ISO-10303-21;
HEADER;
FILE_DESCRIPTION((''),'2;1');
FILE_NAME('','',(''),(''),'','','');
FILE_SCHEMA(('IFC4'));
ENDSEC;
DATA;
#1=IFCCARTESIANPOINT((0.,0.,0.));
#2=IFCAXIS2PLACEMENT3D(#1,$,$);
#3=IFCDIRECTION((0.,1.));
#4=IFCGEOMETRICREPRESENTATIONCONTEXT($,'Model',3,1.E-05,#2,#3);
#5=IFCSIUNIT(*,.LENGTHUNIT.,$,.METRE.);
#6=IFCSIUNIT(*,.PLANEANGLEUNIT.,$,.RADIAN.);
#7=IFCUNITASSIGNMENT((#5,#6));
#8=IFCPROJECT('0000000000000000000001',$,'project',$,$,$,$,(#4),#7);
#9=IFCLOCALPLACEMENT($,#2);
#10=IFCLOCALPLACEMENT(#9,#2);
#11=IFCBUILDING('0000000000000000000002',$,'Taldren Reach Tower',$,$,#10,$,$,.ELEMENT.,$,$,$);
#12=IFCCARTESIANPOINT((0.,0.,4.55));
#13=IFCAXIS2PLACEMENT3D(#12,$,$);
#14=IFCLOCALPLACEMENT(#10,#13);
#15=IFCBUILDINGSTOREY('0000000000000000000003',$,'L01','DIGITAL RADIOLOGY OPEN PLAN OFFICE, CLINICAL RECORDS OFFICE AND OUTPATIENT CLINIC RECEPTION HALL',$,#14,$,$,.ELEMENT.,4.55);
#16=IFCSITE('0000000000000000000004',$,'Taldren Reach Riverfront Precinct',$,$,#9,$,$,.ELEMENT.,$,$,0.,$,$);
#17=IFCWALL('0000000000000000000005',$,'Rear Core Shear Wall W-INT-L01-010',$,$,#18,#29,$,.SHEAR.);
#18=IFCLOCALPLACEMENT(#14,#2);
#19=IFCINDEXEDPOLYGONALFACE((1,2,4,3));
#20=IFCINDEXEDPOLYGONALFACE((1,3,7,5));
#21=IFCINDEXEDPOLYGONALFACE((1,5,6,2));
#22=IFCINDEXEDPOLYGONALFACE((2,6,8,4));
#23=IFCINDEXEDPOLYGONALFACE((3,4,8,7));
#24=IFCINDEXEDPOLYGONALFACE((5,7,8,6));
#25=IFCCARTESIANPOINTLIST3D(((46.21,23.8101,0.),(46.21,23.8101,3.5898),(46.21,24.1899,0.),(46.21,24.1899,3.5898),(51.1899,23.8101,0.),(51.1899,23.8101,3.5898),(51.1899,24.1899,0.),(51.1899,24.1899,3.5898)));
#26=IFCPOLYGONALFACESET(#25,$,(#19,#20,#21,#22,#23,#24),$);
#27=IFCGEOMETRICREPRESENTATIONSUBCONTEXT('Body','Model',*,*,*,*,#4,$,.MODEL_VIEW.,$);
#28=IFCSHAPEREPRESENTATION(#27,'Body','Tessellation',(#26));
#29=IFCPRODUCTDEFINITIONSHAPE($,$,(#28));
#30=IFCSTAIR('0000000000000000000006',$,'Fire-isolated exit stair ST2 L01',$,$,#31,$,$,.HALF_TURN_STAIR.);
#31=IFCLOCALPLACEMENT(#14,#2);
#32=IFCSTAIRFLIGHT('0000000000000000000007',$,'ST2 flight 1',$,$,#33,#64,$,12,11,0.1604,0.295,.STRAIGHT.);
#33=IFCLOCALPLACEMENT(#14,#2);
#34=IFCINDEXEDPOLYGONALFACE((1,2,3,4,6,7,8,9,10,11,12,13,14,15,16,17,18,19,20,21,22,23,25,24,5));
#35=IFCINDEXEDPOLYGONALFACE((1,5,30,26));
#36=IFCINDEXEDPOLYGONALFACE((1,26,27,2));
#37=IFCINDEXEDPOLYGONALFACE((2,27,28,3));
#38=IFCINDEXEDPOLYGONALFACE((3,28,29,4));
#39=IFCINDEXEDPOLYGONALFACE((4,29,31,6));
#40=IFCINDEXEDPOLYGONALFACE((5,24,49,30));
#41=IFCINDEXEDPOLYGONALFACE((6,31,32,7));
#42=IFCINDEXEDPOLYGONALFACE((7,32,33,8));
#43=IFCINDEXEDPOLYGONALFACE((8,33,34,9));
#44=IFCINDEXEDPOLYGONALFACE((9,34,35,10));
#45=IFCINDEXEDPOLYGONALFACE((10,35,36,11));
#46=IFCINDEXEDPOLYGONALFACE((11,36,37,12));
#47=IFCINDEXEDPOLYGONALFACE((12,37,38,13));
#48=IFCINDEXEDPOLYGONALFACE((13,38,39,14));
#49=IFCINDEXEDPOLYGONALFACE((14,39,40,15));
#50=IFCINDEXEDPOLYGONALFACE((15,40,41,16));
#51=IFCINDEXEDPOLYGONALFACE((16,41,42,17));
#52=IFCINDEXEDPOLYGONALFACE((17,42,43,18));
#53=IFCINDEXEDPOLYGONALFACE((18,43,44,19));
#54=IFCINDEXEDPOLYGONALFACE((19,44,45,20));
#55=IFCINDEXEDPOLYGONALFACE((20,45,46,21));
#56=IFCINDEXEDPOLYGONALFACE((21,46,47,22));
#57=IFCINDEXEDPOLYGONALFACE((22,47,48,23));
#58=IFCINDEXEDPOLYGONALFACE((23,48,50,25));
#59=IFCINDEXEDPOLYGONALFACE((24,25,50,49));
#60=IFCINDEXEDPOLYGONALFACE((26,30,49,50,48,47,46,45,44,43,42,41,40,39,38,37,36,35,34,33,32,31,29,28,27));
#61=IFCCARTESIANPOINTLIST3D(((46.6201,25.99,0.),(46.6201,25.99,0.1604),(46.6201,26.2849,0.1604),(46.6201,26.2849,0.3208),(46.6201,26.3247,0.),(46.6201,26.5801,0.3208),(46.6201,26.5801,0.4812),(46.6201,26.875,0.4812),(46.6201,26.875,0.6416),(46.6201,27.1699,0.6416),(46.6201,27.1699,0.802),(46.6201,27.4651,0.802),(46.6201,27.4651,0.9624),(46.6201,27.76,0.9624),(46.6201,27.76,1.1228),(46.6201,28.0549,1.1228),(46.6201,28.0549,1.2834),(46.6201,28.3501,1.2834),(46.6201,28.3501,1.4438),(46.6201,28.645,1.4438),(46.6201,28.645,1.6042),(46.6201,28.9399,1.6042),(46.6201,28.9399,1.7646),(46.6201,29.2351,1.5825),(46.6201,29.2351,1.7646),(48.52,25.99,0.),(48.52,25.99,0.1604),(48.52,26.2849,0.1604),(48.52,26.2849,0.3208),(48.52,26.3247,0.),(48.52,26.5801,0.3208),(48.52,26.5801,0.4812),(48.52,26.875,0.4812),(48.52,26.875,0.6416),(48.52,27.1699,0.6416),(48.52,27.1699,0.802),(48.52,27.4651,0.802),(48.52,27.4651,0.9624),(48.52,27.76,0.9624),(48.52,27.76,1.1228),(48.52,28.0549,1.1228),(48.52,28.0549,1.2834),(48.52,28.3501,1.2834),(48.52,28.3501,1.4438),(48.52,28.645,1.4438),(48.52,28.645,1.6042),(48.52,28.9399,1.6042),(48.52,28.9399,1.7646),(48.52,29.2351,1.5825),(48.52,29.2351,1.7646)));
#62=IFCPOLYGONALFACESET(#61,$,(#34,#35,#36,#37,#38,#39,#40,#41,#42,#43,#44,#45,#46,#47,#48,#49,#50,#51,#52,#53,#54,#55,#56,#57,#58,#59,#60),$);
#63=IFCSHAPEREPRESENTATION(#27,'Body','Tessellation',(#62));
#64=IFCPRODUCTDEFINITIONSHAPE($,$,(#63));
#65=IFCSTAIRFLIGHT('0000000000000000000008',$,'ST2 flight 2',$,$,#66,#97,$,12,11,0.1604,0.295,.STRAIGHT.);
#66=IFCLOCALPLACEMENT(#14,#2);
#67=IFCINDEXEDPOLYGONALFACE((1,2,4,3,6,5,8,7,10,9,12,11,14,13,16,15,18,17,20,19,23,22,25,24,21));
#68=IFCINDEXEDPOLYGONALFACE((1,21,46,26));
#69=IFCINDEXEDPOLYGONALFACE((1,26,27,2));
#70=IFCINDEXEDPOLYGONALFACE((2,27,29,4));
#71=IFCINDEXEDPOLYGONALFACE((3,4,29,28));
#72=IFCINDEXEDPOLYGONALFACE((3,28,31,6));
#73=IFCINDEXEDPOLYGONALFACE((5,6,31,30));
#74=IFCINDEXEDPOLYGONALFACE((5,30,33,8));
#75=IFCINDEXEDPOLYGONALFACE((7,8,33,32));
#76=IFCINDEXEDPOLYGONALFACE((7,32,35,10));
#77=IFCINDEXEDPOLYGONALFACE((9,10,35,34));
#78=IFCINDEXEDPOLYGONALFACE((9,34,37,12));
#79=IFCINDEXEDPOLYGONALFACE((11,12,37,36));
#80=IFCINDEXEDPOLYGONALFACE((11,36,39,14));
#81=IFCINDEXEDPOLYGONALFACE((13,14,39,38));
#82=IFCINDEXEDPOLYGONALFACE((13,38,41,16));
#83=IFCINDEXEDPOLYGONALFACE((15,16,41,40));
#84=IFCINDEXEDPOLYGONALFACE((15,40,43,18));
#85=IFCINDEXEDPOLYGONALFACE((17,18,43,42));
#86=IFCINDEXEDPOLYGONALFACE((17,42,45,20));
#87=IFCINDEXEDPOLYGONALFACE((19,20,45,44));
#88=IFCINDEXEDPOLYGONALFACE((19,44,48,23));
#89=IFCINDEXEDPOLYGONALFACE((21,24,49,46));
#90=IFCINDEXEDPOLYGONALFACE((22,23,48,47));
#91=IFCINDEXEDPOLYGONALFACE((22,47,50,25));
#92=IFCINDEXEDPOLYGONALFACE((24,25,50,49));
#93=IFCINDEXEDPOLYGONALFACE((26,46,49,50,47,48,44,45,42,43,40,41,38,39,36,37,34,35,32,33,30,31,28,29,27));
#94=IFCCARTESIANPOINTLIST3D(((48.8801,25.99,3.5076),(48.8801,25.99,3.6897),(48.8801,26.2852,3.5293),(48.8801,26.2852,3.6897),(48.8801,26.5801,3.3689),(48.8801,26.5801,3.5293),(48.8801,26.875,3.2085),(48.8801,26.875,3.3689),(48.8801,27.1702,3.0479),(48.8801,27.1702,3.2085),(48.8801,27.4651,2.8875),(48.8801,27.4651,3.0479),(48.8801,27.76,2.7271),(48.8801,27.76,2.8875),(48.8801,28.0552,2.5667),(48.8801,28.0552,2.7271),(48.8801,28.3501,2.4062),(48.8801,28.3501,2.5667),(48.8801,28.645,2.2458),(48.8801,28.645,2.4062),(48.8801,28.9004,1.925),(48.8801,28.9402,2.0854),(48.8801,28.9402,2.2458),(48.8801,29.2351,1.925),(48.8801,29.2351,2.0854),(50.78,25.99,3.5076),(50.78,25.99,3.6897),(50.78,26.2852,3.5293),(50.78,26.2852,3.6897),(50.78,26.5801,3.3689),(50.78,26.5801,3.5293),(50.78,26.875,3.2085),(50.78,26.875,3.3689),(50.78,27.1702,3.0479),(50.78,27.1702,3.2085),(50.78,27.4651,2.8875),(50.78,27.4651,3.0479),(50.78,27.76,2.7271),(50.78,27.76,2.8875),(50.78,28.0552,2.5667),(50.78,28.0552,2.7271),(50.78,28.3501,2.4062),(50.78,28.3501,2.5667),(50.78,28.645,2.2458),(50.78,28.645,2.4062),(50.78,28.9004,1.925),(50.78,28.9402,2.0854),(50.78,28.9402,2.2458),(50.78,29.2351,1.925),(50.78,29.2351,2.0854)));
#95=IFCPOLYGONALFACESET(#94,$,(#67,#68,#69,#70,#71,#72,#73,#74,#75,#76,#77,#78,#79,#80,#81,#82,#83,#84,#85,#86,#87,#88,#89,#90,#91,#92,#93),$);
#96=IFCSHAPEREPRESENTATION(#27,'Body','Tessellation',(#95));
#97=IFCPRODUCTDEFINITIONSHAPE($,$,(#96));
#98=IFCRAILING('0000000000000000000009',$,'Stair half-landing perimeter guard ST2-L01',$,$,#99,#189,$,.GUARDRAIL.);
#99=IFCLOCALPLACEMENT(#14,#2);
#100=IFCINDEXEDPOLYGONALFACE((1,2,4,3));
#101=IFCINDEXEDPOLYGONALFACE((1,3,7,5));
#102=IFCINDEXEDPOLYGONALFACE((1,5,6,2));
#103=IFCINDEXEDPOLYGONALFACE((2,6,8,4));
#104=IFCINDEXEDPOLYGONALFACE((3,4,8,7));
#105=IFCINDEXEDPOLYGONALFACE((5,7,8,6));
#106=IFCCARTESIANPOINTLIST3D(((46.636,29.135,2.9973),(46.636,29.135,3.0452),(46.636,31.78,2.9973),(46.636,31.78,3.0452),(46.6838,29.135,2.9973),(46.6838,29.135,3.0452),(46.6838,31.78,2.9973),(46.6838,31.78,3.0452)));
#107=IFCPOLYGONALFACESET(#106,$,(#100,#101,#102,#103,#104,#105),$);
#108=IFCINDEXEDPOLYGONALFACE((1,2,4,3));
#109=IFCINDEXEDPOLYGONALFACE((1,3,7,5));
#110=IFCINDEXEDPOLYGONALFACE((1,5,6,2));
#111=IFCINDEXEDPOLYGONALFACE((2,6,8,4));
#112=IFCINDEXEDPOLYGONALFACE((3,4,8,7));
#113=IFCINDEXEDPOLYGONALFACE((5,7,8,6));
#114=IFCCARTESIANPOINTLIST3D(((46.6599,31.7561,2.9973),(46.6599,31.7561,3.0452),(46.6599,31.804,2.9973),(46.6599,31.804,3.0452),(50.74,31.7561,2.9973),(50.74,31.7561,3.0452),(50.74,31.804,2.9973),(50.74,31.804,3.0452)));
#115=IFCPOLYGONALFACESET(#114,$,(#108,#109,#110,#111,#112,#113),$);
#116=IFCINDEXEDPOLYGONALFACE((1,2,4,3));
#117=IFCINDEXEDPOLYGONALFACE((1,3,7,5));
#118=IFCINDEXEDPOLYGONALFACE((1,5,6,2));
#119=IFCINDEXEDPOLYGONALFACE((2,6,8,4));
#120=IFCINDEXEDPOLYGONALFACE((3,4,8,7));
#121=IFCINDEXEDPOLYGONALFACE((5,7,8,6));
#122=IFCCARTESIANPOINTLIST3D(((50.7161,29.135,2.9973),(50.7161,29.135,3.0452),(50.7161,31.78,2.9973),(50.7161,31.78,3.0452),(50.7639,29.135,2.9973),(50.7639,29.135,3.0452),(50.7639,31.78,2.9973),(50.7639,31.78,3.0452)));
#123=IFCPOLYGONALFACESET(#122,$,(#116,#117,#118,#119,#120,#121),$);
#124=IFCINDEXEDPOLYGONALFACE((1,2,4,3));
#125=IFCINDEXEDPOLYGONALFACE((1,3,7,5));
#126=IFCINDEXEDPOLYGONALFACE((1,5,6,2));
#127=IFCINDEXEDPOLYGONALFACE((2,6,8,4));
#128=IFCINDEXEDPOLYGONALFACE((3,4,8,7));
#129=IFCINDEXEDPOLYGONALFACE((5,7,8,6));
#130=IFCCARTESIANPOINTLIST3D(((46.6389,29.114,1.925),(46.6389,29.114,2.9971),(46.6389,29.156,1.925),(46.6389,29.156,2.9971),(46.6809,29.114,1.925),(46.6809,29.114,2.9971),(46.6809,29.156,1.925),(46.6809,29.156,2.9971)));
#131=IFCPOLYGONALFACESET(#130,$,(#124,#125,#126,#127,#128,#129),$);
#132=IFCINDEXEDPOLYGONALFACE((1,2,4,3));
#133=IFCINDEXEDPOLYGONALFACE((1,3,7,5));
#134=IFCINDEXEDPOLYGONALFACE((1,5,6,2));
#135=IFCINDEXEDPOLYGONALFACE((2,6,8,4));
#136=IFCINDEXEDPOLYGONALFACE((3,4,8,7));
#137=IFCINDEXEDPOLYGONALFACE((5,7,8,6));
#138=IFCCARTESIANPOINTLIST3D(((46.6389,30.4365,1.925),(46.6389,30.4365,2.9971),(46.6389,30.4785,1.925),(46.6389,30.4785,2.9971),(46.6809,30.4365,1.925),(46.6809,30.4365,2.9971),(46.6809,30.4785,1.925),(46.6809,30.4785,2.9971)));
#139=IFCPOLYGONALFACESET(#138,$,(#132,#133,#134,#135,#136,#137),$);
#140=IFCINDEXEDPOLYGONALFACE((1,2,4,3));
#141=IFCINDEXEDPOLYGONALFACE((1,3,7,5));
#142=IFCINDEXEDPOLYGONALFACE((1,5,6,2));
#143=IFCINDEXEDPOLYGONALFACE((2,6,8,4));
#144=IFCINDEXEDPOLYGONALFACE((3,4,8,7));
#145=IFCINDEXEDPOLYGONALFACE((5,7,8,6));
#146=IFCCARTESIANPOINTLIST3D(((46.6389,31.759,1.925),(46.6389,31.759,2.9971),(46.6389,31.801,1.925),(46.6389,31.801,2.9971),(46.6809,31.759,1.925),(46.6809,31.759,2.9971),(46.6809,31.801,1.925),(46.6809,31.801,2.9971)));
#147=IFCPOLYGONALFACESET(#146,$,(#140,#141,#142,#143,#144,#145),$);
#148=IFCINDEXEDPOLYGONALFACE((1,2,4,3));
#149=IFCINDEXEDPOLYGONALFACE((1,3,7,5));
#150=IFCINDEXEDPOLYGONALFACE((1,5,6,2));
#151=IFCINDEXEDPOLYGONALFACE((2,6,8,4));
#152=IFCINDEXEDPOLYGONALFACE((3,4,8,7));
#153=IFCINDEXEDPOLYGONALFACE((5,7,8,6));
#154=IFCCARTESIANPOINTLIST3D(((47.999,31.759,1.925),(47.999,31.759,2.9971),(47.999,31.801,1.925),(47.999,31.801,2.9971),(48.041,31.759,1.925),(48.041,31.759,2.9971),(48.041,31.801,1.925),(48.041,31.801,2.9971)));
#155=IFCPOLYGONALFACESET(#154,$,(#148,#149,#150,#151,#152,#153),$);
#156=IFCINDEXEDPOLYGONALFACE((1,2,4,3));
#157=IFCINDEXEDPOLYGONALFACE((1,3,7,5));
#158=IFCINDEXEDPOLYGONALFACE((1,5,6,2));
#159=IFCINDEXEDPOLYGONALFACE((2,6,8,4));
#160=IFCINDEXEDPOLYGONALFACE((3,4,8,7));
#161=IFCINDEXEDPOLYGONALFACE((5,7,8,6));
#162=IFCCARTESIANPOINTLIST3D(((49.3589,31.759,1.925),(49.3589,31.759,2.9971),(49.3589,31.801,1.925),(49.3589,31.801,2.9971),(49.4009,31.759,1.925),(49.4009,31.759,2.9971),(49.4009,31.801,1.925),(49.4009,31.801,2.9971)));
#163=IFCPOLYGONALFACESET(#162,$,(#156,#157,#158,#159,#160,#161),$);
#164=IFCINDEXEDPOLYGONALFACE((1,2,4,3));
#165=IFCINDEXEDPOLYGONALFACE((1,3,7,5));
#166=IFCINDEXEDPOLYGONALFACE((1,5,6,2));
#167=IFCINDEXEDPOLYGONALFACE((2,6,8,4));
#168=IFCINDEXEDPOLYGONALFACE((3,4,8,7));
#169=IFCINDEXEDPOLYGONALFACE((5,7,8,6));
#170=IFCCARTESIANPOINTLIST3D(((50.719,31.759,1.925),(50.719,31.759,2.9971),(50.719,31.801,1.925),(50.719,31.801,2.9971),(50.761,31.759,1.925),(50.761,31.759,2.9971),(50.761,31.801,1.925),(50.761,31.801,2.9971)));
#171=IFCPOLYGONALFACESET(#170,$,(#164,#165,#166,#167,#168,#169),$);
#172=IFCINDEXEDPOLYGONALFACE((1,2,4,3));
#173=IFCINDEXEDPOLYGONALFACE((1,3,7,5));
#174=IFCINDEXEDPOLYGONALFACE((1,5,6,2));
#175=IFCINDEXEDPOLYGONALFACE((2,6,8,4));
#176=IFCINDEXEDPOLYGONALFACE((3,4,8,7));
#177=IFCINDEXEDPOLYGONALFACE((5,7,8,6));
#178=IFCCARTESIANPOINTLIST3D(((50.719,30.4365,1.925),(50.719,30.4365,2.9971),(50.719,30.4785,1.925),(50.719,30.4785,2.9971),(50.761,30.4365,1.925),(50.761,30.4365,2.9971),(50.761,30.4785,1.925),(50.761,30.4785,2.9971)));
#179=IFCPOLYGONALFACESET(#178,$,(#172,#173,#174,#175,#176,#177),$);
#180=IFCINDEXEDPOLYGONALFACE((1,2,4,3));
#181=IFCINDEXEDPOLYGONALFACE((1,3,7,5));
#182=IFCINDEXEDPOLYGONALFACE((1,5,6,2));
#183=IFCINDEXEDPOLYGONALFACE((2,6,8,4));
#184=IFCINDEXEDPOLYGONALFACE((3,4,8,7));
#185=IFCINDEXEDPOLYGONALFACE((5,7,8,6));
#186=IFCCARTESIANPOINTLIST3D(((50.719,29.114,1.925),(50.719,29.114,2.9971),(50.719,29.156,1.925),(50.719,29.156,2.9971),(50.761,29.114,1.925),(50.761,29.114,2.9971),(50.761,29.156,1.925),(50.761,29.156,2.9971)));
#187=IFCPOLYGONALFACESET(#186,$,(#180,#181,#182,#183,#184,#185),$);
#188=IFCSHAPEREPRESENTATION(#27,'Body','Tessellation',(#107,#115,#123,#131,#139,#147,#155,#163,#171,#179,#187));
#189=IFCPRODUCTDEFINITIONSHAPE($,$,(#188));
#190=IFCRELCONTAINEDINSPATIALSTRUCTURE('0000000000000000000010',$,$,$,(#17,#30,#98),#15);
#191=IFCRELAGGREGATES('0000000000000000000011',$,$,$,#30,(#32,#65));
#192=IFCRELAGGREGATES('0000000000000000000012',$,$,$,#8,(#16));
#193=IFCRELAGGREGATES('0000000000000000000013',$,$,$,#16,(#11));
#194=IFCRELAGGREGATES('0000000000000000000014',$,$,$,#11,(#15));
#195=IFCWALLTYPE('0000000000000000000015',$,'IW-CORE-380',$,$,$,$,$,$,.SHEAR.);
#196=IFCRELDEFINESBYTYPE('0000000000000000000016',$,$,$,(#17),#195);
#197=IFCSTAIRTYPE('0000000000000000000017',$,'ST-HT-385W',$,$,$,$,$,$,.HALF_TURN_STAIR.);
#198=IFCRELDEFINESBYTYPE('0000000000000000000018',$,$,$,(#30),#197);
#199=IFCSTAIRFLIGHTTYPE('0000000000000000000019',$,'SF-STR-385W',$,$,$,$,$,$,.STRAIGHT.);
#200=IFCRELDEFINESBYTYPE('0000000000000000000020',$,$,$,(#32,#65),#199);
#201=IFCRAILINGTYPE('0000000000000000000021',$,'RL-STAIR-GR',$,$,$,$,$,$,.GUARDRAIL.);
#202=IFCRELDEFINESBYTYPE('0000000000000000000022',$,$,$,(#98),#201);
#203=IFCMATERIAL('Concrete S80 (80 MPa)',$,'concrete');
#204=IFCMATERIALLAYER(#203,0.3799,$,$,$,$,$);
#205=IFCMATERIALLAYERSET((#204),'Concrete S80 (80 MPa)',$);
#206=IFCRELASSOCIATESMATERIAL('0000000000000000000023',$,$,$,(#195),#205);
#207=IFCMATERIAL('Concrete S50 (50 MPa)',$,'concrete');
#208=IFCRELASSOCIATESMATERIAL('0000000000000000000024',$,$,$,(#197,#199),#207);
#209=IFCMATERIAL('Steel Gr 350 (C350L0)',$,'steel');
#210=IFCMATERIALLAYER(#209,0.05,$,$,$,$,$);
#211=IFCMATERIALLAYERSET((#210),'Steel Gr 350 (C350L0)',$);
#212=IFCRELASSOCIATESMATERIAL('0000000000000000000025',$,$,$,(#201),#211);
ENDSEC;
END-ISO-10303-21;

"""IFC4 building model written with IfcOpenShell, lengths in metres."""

from ifc_helpers import new_model, si_unit, direction, frame, frame_2d, origin, origin_2d, place, context, subcontext, project, spatial, polyline, rectangle, outline, extrude, source, transform, mapped, material, layer, layer_set, type_object, element, aggregate, save


model = new_model("IFC4")

# Units and contexts
model_context = context("Model", 3, precision=1e-05, world=origin(), true_north=direction((0.0, 1.0)))
body_context = subcontext(model_context, "Body", "Model", "MODEL_VIEW")
ifc_project = project(units=[si_unit("LENGTHUNIT", "METRE"), si_unit("PLANEANGLEUNIT", "RADIAN")], contexts=[model_context])

# Site, building, storey
site_placement = place(None, origin())
site = spatial("IfcSite", under=ifc_project, at=site_placement, Name="Taldren Reach Riverfront Precinct", CompositionType="ELEMENT", RefElevation=0.0)
building_placement = place(site_placement, origin())
building = spatial("IfcBuilding", under=site, at=building_placement, Name="Taldren Reach Tower", CompositionType="ELEMENT")
storey_placement = place(building_placement, frame((0.0, 0.0, 4.55)))
storey = spatial("IfcBuildingStorey", under=building, at=storey_placement, Name="L01", Description="DIGITAL RADIOLOGY OPEN PLAN OFFICE, CLINICAL RECORDS OFFICE AND OUTPATIENT CLINIC RECEPTION HALL", CompositionType="ELEMENT", Elevation=4.55)

# Shared definitions
ifc_material_1 = material(Name="Steel Gr 350 (C350L0)", Category="steel")

# Shared definitions
ifc_material_2 = material(Name="Concrete S80 (80 MPa)", Category="concrete")
ifc_layer_1 = layer(ifc_material_2, 0.3799)
ifc_layer_set_1 = layer_set([ifc_layer_1], Name="Concrete S80 (80 MPa)")
wall_type = type_object("IfcWallType", Name="IW-CORE-380", PredefinedType="SHEAR", material=ifc_layer_set_1)

# Wall
shared_shape_1 = source(origin(), body_context, "Body", "SweptSolid", [
    extrude(rectangle(XDim=4.98, YDim=0.3799, at=frame_2d((2.49, 0.0))), origin(), (0.0, 0.0, 1.0), 3.5898),
])
wall_1_placement = place(storey_placement, frame((46.21, 24.0, 0.0), z_axis=(0.0, 0.0, 1.0), x_axis=(1.0, 0.0, 0.0)))
element("IfcWall", 1, at=wall_1_placement, inside=storey, type_object=wall_type, Name="Rear Core Shear Wall W-INT-L01-010", PredefinedType="SHEAR", context=body_context, shape_type="MappedRepresentation", body=[
    mapped(shared_shape_1, transform((0.0, 0.0, 0.0), scale=1.0)),
])

# Stair, stair flights
ifc_material_3 = material(Name="Concrete S50 (50 MPa)", Category="concrete")
stair_type = type_object("IfcStairType", Name="ST-HT-385W", PredefinedType="HALF_TURN_STAIR", material=ifc_material_3)
stair_placement = place(storey_placement, origin())
stair = element("IfcStair", 2, at=stair_placement, inside=storey, type_object=stair_type, Name="Fire-isolated exit stair ST2 L01", PredefinedType="HALF_TURN_STAIR")
stair_flight_type = type_object("IfcStairFlightType", Name="SF-STR-385W", PredefinedType="STRAIGHT", material=ifc_material_3)
stair_flight_1_placement = place(storey_placement, frame((47.5701, 25.99, 0.0), z_axis=(0.0, 0.0, 1.0), x_axis=(0.0, 1.0, 0.0)))
stair_flight_1 = element("IfcStairFlight", 3, at=stair_flight_1_placement, type_object=stair_flight_type, Name="ST2 flight 1", NumberOfRisers=12, NumberOfTreads=11, PredefinedType="STRAIGHT", RiserHeight=0.1604, TreadLength=0.295, context=body_context, shape_type="SweptSolid", body=[
    extrude(outline(polyline([(0.0, 0.0), (0.0, 0.1604), (0.2949, 0.1604), (0.2949, 0.3208), (0.5901, 0.3208), (0.5901, 0.4812), (0.885, 0.4812), (0.885, 0.6416), (1.1799, 0.6416), (1.1799, 0.802), (1.4751, 0.802), (1.4751, 0.9624), (1.77, 0.9624), (1.77, 1.1228), (2.0649, 1.1228), (2.0649, 1.2834), (2.3601, 1.2834), (2.3601, 1.4438), (2.655, 1.4438), (2.655, 1.6042), (2.95, 1.6042), (2.95, 1.7646), (3.2451, 1.7646), (3.2451, 1.925), (3.2451, 1.5825), (0.3347, 0.0), (0.0, 0.0)])), frame((0.0, 0.95, 0.0), z_axis=(0.0, -1.0, 0.0), x_axis=(1.0, 0.0, 0.0)), (0.0, 0.0, 1.0), 1.8999),
])
stair_flight_2_placement = place(storey_placement, frame((49.8301, 29.2351, 1.925), z_axis=(0.0, 0.0, 1.0), x_axis=(0.0, -1.0, 0.0)))
stair_flight_2 = element("IfcStairFlight", 4, at=stair_flight_2_placement, type_object=stair_flight_type, Name="ST2 flight 2", NumberOfRisers=12, NumberOfTreads=11, PredefinedType="STRAIGHT", RiserHeight=0.1604, TreadLength=0.295, context=body_context, shape_type="SweptSolid", body=[
    extrude(outline(polyline([(0.0, 0.0), (0.0, 0.1604), (0.2949, 0.1604), (0.2949, 0.3208), (0.5901, 0.3208), (0.5901, 0.4812), (0.885, 0.4812), (0.885, 0.6416), (1.1799, 0.6416), (1.1799, 0.802), (1.4751, 0.802), (1.4751, 0.9624), (1.77, 0.9624), (1.77, 1.1228), (2.0649, 1.1228), (2.0649, 1.2834), (2.3601, 1.2834), (2.3601, 1.4438), (2.655, 1.4438), (2.655, 1.6042), (2.95, 1.6042), (2.95, 1.7646), (3.2451, 1.7646), (3.2451, 1.925), (3.2451, 1.5825), (0.3347, 0.0), (0.0, 0.0)])), frame((0.0, 0.95, 0.0), z_axis=(0.0, -1.0, 0.0), x_axis=(1.0, 0.0, 0.0)), (0.0, 0.0, 1.0), 1.8999),
])
aggregate(stair, [stair_flight_1, stair_flight_2])

# Railing
ifc_layer_2 = layer(ifc_material_1, 0.05)
ifc_layer_set_2 = layer_set([ifc_layer_2], Name="Steel Gr 350 (C350L0)")
railing_type_1 = type_object("IfcRailingType", Name="RL-STAIR-GR", PredefinedType="GUARDRAIL", material=ifc_layer_set_2)
railing_1_placement = place(storey_placement, frame((46.6599, 29.135, 1.925)))
element("IfcRailing", 5, at=railing_1_placement, inside=storey, type_object=railing_type_1, Name="Stair half-landing perimeter guard ST2-L01", PredefinedType="GUARDRAIL", context=body_context, shape_type="SweptSolid", body=[
    extrude(rectangle(XDim=0.0479, YDim=0.0479, at=origin_2d()), frame((0.0, 0.0, 1.0962), z_axis=(0.0, 1.0, 0.0), x_axis=(-1.0, 0.0, 0.0)), (0.0, 0.0, 1.0), 2.645),
    extrude(rectangle(XDim=0.0479, YDim=0.0479, at=origin_2d()), frame((0.0, 2.645, 1.0962), z_axis=(1.0, 0.0, 0.0), x_axis=(0.0, 1.0, 0.0)), (0.0, 0.0, 1.0), 4.0801),
    extrude(rectangle(XDim=0.0479, YDim=0.0479, at=origin_2d()), frame((4.0801, 2.645, 1.0962), z_axis=(0.0, -1.0, 0.0), x_axis=(1.0, 0.0, 0.0)), (0.0, 0.0, 1.0), 2.645),
    extrude(rectangle(XDim=0.042, YDim=0.042, at=origin_2d()), origin(), (0.0, 0.0, 1.0), 1.072),
    extrude(rectangle(XDim=0.042, YDim=0.042, at=origin_2d()), frame((0.0, 1.3225, 0.0)), (0.0, 0.0, 1.0), 1.072),
    extrude(rectangle(XDim=0.042, YDim=0.042, at=origin_2d()), frame((0.0, 2.645, 0.0)), (0.0, 0.0, 1.0), 1.072),
    extrude(rectangle(XDim=0.042, YDim=0.042, at=origin_2d()), frame((1.3601, 2.645, 0.0)), (0.0, 0.0, 1.0), 1.072),
    extrude(rectangle(XDim=0.042, YDim=0.042, at=origin_2d()), frame((2.72, 2.645, 0.0)), (0.0, 0.0, 1.0), 1.072),
    extrude(rectangle(XDim=0.042, YDim=0.042, at=origin_2d()), frame((4.0801, 2.645, 0.0)), (0.0, 0.0, 1.0), 1.072),
    extrude(rectangle(XDim=0.042, YDim=0.042, at=origin_2d()), frame((4.0801, 1.3225, 0.0)), (0.0, 0.0, 1.0), 1.072),
    extrude(rectangle(XDim=0.042, YDim=0.042, at=origin_2d()), frame((4.0801, 0.0, 0.0)), (0.0, 0.0, 1.0), 1.072),
])

save(model, "model.ifc")
